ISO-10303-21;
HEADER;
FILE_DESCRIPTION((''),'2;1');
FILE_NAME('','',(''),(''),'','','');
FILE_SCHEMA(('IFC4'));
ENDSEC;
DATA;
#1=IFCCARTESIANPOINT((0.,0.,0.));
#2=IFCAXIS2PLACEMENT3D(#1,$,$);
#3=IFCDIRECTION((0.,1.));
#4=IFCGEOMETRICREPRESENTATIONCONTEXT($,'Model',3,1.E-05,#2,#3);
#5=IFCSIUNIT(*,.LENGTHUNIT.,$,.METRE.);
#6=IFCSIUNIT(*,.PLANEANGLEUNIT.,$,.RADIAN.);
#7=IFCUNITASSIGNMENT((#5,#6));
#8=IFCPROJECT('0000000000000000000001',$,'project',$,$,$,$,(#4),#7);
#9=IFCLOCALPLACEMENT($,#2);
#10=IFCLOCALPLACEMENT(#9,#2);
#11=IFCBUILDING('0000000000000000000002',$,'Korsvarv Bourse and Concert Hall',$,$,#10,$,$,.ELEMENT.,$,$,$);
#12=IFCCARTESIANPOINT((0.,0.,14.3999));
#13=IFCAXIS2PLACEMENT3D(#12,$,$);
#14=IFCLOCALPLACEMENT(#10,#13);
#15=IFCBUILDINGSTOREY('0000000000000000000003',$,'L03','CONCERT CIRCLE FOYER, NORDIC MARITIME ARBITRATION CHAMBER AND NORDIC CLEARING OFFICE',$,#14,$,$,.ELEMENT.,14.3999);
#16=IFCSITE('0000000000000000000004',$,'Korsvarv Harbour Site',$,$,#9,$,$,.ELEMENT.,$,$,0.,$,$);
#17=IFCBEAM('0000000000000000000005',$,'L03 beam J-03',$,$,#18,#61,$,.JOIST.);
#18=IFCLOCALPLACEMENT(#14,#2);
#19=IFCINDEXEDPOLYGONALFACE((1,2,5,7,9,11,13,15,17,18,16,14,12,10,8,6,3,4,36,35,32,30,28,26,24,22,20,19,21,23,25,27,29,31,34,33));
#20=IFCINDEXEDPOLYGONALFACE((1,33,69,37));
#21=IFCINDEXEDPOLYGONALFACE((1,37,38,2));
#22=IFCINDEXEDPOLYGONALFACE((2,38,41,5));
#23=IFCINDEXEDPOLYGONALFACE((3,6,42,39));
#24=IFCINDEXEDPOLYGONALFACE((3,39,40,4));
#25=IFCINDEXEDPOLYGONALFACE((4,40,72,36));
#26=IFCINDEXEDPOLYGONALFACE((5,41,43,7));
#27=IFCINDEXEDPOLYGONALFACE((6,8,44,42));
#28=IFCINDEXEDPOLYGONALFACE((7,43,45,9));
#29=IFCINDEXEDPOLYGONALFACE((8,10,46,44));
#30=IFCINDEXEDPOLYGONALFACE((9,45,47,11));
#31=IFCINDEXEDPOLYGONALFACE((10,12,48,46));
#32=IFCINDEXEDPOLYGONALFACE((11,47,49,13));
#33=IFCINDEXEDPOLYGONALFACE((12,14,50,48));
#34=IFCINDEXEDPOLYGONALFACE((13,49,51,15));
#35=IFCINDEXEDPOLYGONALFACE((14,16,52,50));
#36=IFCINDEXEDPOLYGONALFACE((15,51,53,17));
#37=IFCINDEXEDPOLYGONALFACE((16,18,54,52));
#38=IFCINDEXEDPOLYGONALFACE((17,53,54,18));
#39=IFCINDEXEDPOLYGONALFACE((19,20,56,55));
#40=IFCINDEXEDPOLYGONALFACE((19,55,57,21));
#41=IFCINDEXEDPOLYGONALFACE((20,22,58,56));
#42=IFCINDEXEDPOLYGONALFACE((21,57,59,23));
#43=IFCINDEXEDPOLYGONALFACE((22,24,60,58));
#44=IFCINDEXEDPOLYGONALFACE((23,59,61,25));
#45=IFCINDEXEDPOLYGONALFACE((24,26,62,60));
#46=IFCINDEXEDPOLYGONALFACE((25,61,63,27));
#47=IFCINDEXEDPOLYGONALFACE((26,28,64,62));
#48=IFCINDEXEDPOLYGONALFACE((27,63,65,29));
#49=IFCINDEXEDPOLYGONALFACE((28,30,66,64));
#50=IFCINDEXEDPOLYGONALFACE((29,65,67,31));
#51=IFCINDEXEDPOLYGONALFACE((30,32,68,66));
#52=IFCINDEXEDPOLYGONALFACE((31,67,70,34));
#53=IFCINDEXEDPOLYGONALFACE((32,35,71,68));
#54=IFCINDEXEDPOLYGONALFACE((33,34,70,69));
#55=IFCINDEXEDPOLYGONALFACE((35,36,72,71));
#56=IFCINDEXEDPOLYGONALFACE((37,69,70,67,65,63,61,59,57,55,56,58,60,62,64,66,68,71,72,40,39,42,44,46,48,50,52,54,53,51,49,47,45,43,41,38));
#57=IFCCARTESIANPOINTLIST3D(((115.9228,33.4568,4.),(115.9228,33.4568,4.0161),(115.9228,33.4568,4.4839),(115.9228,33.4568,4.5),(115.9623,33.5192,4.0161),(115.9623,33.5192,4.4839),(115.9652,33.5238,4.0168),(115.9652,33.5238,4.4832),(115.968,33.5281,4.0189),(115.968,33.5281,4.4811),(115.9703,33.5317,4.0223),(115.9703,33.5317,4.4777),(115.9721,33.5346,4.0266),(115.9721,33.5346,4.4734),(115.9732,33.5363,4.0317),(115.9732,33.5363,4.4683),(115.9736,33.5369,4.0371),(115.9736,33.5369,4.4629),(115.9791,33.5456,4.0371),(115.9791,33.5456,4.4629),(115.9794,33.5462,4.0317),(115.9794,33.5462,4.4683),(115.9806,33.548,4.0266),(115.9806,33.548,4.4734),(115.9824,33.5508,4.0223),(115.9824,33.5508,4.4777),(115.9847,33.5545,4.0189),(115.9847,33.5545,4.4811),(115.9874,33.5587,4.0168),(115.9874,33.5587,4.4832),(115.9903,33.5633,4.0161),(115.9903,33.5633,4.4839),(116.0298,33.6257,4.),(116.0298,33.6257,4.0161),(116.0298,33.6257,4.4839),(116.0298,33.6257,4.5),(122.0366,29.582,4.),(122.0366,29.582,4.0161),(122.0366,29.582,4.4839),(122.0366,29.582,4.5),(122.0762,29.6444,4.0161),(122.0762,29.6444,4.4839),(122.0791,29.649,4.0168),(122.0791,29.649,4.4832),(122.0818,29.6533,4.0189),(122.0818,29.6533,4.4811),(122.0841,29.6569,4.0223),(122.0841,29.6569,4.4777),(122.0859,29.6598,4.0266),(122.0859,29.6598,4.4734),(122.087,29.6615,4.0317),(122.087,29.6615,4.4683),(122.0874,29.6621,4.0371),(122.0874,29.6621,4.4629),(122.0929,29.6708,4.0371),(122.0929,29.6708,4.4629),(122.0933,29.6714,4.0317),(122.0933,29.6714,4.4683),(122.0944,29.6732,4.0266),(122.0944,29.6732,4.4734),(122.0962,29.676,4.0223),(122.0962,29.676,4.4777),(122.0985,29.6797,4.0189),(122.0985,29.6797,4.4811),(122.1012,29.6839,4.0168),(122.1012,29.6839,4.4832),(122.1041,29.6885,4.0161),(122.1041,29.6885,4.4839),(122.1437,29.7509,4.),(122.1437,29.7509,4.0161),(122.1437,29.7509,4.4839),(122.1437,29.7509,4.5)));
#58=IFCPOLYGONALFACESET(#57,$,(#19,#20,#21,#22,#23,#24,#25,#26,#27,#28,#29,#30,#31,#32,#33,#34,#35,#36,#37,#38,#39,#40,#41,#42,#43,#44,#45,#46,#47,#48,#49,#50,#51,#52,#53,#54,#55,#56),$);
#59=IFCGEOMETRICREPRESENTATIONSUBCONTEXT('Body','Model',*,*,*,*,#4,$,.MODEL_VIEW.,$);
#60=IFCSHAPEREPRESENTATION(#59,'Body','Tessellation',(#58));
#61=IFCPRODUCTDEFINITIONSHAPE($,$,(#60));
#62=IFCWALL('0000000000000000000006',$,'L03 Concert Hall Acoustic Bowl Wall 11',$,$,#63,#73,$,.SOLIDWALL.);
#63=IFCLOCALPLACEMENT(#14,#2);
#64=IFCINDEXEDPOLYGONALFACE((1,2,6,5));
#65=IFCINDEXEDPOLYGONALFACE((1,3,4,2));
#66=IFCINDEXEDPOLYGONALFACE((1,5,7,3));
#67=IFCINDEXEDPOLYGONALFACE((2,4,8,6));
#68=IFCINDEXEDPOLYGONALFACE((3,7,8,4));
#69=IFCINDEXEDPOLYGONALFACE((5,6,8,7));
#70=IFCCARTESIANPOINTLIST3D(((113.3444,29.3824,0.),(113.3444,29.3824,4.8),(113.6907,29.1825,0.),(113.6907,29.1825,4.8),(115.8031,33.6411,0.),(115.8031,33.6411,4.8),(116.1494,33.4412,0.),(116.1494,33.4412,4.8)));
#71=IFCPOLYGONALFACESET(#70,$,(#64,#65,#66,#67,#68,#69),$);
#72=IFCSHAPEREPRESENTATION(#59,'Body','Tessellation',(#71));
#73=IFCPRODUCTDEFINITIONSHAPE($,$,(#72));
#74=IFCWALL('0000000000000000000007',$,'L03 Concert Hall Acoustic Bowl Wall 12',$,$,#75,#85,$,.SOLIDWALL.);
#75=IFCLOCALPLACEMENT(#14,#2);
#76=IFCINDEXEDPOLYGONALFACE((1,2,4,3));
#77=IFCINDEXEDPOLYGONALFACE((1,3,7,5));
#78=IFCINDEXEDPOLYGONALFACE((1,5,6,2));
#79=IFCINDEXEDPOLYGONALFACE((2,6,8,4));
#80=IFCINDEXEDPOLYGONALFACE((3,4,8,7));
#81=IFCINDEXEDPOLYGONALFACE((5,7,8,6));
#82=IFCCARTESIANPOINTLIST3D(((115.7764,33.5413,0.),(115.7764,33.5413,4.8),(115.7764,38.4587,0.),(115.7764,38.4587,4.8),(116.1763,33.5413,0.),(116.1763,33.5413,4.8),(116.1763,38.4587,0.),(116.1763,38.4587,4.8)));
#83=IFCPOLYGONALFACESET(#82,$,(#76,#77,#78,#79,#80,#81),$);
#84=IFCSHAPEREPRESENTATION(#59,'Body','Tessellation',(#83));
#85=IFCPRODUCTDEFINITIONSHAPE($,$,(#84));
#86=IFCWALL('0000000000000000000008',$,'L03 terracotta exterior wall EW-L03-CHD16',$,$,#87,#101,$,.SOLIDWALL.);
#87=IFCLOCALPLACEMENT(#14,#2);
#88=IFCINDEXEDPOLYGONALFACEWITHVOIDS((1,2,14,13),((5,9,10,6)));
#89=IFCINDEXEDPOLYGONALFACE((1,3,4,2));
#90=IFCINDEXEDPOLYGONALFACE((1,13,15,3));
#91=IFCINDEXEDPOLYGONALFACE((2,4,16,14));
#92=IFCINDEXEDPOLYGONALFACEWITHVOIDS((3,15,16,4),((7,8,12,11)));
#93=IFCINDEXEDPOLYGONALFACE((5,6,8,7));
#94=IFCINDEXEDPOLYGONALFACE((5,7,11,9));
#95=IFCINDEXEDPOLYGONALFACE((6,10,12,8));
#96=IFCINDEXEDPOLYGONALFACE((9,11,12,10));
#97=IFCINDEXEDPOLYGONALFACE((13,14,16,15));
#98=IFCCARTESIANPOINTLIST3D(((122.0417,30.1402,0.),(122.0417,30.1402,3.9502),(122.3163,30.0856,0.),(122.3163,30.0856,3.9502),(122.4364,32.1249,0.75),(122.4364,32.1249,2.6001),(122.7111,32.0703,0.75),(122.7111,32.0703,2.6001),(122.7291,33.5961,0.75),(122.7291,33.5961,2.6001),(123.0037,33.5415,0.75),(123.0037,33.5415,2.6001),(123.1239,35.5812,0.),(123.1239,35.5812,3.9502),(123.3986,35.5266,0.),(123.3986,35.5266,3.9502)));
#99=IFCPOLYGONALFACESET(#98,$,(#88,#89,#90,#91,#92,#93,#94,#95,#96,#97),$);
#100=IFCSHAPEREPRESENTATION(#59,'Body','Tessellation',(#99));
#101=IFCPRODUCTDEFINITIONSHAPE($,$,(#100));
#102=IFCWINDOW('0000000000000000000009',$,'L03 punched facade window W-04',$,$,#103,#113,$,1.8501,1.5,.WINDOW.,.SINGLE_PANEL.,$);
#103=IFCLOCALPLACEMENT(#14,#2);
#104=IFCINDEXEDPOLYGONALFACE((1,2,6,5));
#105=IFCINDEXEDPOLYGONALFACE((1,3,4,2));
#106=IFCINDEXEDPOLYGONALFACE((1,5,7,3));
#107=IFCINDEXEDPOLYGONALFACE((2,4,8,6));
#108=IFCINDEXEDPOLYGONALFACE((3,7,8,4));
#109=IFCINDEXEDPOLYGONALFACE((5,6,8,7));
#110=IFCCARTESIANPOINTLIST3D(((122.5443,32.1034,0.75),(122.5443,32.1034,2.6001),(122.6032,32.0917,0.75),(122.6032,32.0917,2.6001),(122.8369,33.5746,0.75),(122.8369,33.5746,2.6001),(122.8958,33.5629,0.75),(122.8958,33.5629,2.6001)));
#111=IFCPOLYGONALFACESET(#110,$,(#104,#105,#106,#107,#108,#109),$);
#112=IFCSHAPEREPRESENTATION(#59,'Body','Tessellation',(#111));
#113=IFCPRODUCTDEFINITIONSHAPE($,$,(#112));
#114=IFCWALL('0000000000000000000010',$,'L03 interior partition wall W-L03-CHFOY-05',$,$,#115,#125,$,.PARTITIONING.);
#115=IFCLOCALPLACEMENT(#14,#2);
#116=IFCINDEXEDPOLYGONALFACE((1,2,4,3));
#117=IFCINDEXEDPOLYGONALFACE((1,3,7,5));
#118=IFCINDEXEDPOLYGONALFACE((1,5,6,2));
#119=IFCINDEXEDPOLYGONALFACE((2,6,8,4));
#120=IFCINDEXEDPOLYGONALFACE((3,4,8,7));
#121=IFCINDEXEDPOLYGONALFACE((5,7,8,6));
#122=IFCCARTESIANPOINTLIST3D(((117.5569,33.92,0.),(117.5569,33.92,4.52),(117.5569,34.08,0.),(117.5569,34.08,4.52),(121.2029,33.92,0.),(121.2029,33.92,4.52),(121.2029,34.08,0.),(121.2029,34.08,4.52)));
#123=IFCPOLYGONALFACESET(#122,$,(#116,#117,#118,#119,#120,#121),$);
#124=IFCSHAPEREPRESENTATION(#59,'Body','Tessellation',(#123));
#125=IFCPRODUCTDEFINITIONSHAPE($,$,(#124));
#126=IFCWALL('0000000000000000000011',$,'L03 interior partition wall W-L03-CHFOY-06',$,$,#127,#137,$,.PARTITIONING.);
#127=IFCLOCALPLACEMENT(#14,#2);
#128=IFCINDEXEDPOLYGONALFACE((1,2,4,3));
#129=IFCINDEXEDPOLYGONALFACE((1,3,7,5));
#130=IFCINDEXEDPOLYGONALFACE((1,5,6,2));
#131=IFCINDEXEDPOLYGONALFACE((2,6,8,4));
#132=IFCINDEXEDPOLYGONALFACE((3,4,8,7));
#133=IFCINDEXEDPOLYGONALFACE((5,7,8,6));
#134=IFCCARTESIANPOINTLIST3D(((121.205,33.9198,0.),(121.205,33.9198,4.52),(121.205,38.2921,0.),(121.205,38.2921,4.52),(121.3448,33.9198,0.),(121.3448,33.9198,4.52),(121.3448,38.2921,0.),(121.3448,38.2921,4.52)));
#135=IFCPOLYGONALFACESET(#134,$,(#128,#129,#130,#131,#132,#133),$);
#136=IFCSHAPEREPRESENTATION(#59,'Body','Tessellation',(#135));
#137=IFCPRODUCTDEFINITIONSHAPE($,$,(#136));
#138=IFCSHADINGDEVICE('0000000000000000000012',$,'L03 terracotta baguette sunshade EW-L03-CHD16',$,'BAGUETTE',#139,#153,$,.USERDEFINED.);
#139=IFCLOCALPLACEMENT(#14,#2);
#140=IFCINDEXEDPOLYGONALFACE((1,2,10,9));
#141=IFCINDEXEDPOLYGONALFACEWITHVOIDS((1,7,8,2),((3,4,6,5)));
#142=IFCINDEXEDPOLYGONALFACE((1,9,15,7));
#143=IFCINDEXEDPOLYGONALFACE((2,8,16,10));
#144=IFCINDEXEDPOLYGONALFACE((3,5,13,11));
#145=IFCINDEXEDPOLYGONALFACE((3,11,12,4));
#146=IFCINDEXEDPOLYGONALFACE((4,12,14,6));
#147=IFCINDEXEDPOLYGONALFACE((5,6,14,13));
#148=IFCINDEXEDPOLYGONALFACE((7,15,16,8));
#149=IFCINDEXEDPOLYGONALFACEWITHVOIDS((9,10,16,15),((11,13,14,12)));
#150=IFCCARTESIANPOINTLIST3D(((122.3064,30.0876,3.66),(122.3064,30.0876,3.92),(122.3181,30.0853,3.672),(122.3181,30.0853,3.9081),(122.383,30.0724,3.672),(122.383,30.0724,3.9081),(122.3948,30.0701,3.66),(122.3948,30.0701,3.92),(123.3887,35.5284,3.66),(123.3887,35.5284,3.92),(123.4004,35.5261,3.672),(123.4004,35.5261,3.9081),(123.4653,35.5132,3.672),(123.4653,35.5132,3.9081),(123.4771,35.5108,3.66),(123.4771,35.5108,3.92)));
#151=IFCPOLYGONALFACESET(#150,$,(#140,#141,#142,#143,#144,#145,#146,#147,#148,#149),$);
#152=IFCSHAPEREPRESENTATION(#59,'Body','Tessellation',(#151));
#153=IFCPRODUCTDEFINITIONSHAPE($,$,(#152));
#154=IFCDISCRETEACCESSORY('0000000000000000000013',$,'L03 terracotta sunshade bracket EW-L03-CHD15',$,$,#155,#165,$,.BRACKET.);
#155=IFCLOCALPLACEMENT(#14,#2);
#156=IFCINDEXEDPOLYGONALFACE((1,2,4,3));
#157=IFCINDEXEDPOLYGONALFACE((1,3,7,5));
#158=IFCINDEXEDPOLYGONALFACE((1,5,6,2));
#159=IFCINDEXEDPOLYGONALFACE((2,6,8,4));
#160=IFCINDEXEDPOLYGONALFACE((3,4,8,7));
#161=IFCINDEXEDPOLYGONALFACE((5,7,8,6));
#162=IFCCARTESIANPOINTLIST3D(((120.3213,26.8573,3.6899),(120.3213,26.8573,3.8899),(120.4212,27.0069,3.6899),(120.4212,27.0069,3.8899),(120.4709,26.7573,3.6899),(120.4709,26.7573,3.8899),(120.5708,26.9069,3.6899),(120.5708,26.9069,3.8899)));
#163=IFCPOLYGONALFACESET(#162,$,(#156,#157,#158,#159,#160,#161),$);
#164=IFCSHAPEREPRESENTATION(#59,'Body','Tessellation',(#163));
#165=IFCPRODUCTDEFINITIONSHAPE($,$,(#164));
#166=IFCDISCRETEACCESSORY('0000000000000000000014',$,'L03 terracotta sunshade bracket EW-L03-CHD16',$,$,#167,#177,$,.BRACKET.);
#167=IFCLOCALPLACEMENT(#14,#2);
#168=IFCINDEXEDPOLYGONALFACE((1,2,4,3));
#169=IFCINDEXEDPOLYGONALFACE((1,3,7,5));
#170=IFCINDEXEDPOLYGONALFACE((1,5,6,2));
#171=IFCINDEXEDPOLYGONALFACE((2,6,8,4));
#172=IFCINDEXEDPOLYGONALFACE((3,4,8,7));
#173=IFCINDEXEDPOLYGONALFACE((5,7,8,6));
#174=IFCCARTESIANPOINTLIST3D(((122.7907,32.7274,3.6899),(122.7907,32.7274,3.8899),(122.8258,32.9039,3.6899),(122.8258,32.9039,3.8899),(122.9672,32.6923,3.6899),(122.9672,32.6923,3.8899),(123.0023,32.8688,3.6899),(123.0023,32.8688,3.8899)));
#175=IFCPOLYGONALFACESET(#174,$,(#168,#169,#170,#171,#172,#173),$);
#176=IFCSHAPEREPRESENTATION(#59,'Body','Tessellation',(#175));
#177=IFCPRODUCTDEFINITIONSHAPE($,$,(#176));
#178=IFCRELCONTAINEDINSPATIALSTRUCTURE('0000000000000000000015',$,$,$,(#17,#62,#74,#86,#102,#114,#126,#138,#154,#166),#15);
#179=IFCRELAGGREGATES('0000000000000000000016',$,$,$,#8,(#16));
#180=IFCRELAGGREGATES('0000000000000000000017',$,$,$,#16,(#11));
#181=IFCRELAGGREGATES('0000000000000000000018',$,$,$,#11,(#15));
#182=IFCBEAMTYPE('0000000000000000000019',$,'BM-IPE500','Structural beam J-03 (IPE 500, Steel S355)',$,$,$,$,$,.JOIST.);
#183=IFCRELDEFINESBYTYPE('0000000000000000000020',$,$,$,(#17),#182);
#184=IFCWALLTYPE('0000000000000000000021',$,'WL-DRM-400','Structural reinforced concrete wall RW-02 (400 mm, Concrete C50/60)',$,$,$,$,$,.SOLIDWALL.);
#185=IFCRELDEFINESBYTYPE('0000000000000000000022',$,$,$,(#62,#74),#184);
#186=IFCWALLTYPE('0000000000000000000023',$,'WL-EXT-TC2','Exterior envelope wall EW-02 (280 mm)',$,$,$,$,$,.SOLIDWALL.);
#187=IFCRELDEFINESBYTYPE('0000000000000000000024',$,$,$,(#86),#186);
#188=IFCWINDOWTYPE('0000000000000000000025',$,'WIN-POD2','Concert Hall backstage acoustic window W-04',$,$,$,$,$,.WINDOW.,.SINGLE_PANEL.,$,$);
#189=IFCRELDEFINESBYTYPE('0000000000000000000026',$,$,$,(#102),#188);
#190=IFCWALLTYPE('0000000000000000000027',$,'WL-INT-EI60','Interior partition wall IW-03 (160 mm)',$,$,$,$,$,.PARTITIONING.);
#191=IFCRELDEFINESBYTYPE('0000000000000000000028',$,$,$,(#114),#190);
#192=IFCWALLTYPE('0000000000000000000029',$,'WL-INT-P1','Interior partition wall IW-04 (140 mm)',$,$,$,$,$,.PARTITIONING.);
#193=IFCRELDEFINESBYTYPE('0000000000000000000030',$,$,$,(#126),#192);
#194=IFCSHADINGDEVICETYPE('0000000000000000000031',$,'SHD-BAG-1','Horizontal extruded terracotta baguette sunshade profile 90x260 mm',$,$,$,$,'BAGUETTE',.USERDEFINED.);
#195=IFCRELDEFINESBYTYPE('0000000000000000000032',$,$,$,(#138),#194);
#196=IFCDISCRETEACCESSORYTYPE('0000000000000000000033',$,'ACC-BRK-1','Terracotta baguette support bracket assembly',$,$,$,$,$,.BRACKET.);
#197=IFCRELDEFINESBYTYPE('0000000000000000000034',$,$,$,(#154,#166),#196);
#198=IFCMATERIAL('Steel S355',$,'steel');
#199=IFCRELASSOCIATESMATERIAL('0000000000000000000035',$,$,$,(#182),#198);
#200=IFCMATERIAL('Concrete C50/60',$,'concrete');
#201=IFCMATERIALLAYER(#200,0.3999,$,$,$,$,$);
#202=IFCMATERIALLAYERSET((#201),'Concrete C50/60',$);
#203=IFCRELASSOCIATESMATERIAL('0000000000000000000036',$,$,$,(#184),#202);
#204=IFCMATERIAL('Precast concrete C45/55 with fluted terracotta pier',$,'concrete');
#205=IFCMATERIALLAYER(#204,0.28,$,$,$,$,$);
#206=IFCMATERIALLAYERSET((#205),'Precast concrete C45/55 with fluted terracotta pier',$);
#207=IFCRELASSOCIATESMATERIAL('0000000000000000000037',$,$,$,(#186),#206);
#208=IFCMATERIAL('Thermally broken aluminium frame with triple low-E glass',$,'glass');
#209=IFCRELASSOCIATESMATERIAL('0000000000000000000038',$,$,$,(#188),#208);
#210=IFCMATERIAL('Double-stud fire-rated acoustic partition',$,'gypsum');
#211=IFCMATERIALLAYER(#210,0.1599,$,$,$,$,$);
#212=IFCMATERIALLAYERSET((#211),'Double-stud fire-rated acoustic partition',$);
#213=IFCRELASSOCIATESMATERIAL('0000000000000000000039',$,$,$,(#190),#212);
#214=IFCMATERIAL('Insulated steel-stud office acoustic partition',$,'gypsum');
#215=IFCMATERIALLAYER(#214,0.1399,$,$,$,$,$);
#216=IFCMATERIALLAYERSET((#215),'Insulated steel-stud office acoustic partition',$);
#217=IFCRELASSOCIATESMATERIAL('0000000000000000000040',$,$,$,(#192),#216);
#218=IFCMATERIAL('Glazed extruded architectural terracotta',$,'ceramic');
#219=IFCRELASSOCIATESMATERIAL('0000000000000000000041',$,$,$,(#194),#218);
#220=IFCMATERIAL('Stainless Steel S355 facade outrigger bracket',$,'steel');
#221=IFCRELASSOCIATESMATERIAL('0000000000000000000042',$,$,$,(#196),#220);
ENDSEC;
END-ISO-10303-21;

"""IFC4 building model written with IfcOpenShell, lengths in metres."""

from ifc_helpers import new_model, si_unit, direction, frame, frame_2d, origin, origin_2d, place, context, subcontext, project, spatial, rectangle, hollow_rectangle, i_section, extrude, source, transform, mapped, material, layer, layer_set, material_profile, profile_set, type_object, element, fill, save


model = new_model("IFC4")

# Units and contexts
model_context = context("Model", 3, precision=1e-05, world=origin(), true_north=direction((0.0, 1.0)))
body_context = subcontext(model_context, "Body", "Model", "MODEL_VIEW")
ifc_project = project(units=[si_unit("LENGTHUNIT", "METRE"), si_unit("PLANEANGLEUNIT", "RADIAN")], contexts=[model_context])

# Site, building, storey
site_placement = place(None, origin())
site = spatial("IfcSite", under=ifc_project, at=site_placement, Name="Korsvarv Harbour Site", CompositionType="ELEMENT", RefElevation=0.0)
building_placement = place(site_placement, origin())
building = spatial("IfcBuilding", under=site, at=building_placement, Name="Korsvarv Bourse and Concert Hall", CompositionType="ELEMENT")
storey_placement = place(building_placement, frame((0.0, 0.0, 14.3999)))
storey = spatial("IfcBuildingStorey", under=building, at=storey_placement, Name="L03", Description="CONCERT CIRCLE FOYER, NORDIC MARITIME ARBITRATION CHAMBER AND NORDIC CLEARING OFFICE", CompositionType="ELEMENT", Elevation=14.3999)

# Shared definitions
ifc_material_1 = material(Name="Concrete C50/60", Category="concrete")

# Beam
ifc_material_2 = material(Name="Steel S355", Category="steel")
ifc_material_profile_1 = material_profile(ifc_material_2, i_section(OverallWidth=0.2, OverallDepth=0.5, WebThickness=0.0103, FlangeThickness=0.0161, FilletRadius=0.021, at=origin_2d()), Name="IPE 500")
ifc_profile_set_1 = profile_set([ifc_material_profile_1], Name="Steel S355")
beam_type_1 = type_object("IfcBeamType", Name="BM-IPE500", Description="Structural beam J-03 (IPE 500, Steel S355)", PredefinedType="JOIST", material=ifc_profile_set_1)
shared_shape_1 = source(origin(), body_context, "Body", "SweptSolid", [
    extrude(i_section(OverallWidth=0.2, OverallDepth=0.5, WebThickness=0.0103, FlangeThickness=0.0161, FilletRadius=0.021, at=origin_2d()), origin(), (0.0, 0.0, 1.0), 7.2383),
])
beam_1_placement = place(storey_placement, frame((115.9763, 33.5413, 4.25), z_axis=(0.84465, -0.535318, 0.0), x_axis=(0.535318, 0.84465, 0.0)))
element("IfcBeam", 1, at=beam_1_placement, inside=storey, type_object=beam_type_1, Name="L03 beam J-03", PredefinedType="JOIST", context=body_context, shape_type="MappedRepresentation", body=[
    mapped(shared_shape_1, transform((0.0, 0.0, 0.0), scale=1.0)),
])

# Walls
ifc_layer_1 = layer(ifc_material_1, 0.3999)
ifc_layer_set_1 = layer_set([ifc_layer_1], Name="Concrete C50/60")
wall_type_1 = type_object("IfcWallType", Name="WL-DRM-400", Description="Structural reinforced concrete wall RW-02 (400 mm, Concrete C50/60)", PredefinedType="SOLIDWALL", material=ifc_layer_set_1)
for number, where, z_axis, x_axis, name in (
    (2, (113.5176, 29.2825, 0.0), (0.0, 0.0, 1.0), (0.499989, 0.866032, 0.0), "L03 Concert Hall Acoustic Bowl Wall 11"),
    (3, (115.9763, 33.5413, 0.0), (0.0, 0.0, 1.0), (0.0, 1.0, 0.0), "L03 Concert Hall Acoustic Bowl Wall 12"),
):
    element("IfcWall", number, at=place(storey_placement, frame(where, z_axis=z_axis, x_axis=x_axis)), inside=storey, type_object=wall_type_1, Name=name, PredefinedType="SOLIDWALL", context=body_context, shape_type="SweptSolid", body=[
        extrude(rectangle(XDim=4.9175, YDim=0.3999, at=frame_2d((2.4587, 0.0))), origin(), (0.0, 0.0, 1.0), 4.8),
    ])

# Wall, opening, window
ifc_material_3 = material(Name="Precast concrete C45/55 with fluted terracotta pier", Category="concrete")
ifc_layer_2 = layer(ifc_material_3, 0.28)
ifc_layer_set_2 = layer_set([ifc_layer_2], Name="Precast concrete C45/55 with fluted terracotta pier")
wall_type_2 = type_object("IfcWallType", Name="WL-EXT-TC2", Description="Exterior envelope wall EW-02 (280 mm)", PredefinedType="SOLIDWALL", material=ifc_layer_set_2)
wall_1_placement = place(storey_placement, frame((122.179, 30.1128, 0.0), z_axis=(0.0, 0.0, 1.0), x_axis=(0.195092, 0.980785, 0.0)))
wall_1 = element("IfcWall", 4, at=wall_1_placement, inside=storey, type_object=wall_type_2, Name="L03 terracotta exterior wall EW-L03-CHD16", PredefinedType="SOLIDWALL", context=body_context, shape_type="SweptSolid", body=[
    extrude(rectangle(XDim=5.5476, YDim=0.28, at=frame_2d((2.7739, 0.0))), origin(), (0.0, 0.0, 1.0), 3.9502),
])
opening_placement = place(wall_1_placement, frame((2.0237, 0.0, 0.75)))
opening = element("IfcOpeningElement", 5, at=opening_placement, cuts=wall_1, PredefinedType="OPENING", context=body_context, shape_type="SweptSolid", body=[
    extrude(rectangle(XDim=1.5, YDim=1.8501, at=frame_2d((0.75, 0.925))), frame((0.0, 0.1499, 0.0), z_axis=(0.0, -1.0, 0.0), x_axis=(1.0, 0.0, 0.0)), (0.0, 0.0, 1.0), 0.3),
])
ifc_material_4 = material(Name="Thermally broken aluminium frame with triple low-E glass", Category="glass")
window_type = type_object("IfcWindowType", Name="WIN-POD2", Description="Concert Hall backstage acoustic window W-04", PartitioningType="SINGLE_PANEL", PredefinedType="WINDOW", material=ifc_material_4)
window_placement = place(opening_placement, origin())
window = element("IfcWindow", 6, at=window_placement, inside=storey, type_object=window_type, Name="L03 punched facade window W-04", OverallHeight=1.8501, OverallWidth=1.5, PartitioningType="SINGLE_PANEL", PredefinedType="WINDOW", context=body_context, shape_type="SweptSolid", body=[
    extrude(rectangle(XDim=1.5, YDim=1.8501, at=frame_2d((0.75, 0.925))), frame((0.0, 0.03, 0.0), z_axis=(0.0, -1.0, 0.0), x_axis=(1.0, 0.0, 0.0)), (0.0, 0.0, 1.0), 0.0601),
])
fill(opening, window)

# Walls
ifc_material_5 = material(Name="Double-stud fire-rated acoustic partition", Category="gypsum")
ifc_layer_3 = layer(ifc_material_5, 0.1599)
ifc_layer_set_3 = layer_set([ifc_layer_3], Name="Double-stud fire-rated acoustic partition")
wall_type_3 = type_object("IfcWallType", Name="WL-INT-EI60", Description="Interior partition wall IW-03 (160 mm)", PredefinedType="PARTITIONING", material=ifc_layer_set_3)
wall_2_placement = place(storey_placement, frame((117.5569, 34.0, 0.0), z_axis=(0.0, 0.0, 1.0), x_axis=(1.0, 0.0, 0.0)))
element("IfcWall", 7, at=wall_2_placement, inside=storey, type_object=wall_type_3, Name="L03 interior partition wall W-L03-CHFOY-05", PredefinedType="PARTITIONING", context=body_context, shape_type="SweptSolid", body=[
    extrude(rectangle(XDim=3.646, YDim=0.1599, at=frame_2d((1.823, 0.0))), origin(), (0.0, 0.0, 1.0), 4.52),
])
ifc_material_6 = material(Name="Insulated steel-stud office acoustic partition", Category="gypsum")
ifc_layer_4 = layer(ifc_material_6, 0.1399)
ifc_layer_set_4 = layer_set([ifc_layer_4], Name="Insulated steel-stud office acoustic partition")
wall_type_4 = type_object("IfcWallType", Name="WL-INT-P1", Description="Interior partition wall IW-04 (140 mm)", PredefinedType="PARTITIONING", material=ifc_layer_set_4)
wall_3_placement = place(storey_placement, frame((121.2749, 33.9199, 0.0), z_axis=(0.0, 0.0, 1.0), x_axis=(0.0, 1.0, 0.0)))
element("IfcWall", 8, at=wall_3_placement, inside=storey, type_object=wall_type_4, Name="L03 interior partition wall W-L03-CHFOY-06", PredefinedType="PARTITIONING", context=body_context, shape_type="SweptSolid", body=[
    extrude(rectangle(XDim=4.3723, YDim=0.1399, at=frame_2d((2.186, 0.0))), origin(), (0.0, 0.0, 1.0), 4.52),
])

# Shading device
ifc_material_7 = material(Name="Glazed extruded architectural terracotta", Category="ceramic")
ifc_material_profile_2 = material_profile(ifc_material_7, hollow_rectangle(XDim=0.0901, YDim=0.26, WallThickness=0.012, at=origin_2d()), Name="TC-BAG 90x260")
ifc_profile_set_2 = profile_set([ifc_material_profile_2], Name="Glazed extruded architectural terracotta")
shading_device_type = type_object("IfcShadingDeviceType", Name="SHD-BAG-1", Description="Horizontal extruded terracotta baguette sunshade profile 90x260 mm", ElementType="BAGUETTE", PredefinedType="USERDEFINED", material=ifc_profile_set_2)
shared_shape_2 = source(origin(), body_context, "Body", "SweptSolid", [
    extrude(hollow_rectangle(XDim=0.0901, YDim=0.26, WallThickness=0.012, at=origin_2d()), origin(), (0.0, 0.0, 1.0), 5.5474),
])
shading_device_placement = place(storey_placement, frame((122.3506, 30.0789, 3.79), z_axis=(0.1951, 0.980783, 0.0), x_axis=(-0.980783, 0.1951, 0.0)))
element("IfcShadingDevice", 9, at=shading_device_placement, inside=storey, type_object=shading_device_type, Name="L03 terracotta baguette sunshade EW-L03-CHD16", ObjectType="BAGUETTE", PredefinedType="USERDEFINED", context=body_context, shape_type="MappedRepresentation", body=[
    mapped(shared_shape_2, transform((0.0, 0.0, 0.0), scale=1.0)),
])

# Discrete accessories
ifc_material_8 = material(Name="Stainless Steel S355 facade outrigger bracket", Category="steel")
discrete_accessory_type = type_object("IfcDiscreteAccessoryType", Name="ACC-BRK-1", Description="Terracotta baguette support bracket assembly", PredefinedType="BRACKET", material=ifc_material_8)
shared_shape_3 = source(origin(), body_context, "Body", "SweptSolid", [
    extrude(rectangle(XDim=0.1799, YDim=0.1799, at=origin_2d()), origin(), (0.0, 0.0, 1.0), 0.2),
])
for number, where, z_axis, x_axis, name in (
    (10, (120.446, 26.8821, 3.6899), (0.0, 0.0, 1.0), (0.55557, 0.83147, 0.0), "L03 terracotta sunshade bracket EW-L03-CHD15"),
    (11, (122.8965, 32.7981, 3.6899), (0.0, 0.0, 1.0), (0.19509, 0.980785, 0.0), "L03 terracotta sunshade bracket EW-L03-CHD16"),
):
    element("IfcDiscreteAccessory", number, at=place(storey_placement, frame(where, z_axis=z_axis, x_axis=x_axis)), inside=storey, type_object=discrete_accessory_type, Name=name, PredefinedType="BRACKET", context=body_context, shape_type="MappedRepresentation", body=[
        mapped(shared_shape_3, transform((0.0, 0.0, 0.0), scale=1.0)),
    ])

save(model, "model.ifc")
